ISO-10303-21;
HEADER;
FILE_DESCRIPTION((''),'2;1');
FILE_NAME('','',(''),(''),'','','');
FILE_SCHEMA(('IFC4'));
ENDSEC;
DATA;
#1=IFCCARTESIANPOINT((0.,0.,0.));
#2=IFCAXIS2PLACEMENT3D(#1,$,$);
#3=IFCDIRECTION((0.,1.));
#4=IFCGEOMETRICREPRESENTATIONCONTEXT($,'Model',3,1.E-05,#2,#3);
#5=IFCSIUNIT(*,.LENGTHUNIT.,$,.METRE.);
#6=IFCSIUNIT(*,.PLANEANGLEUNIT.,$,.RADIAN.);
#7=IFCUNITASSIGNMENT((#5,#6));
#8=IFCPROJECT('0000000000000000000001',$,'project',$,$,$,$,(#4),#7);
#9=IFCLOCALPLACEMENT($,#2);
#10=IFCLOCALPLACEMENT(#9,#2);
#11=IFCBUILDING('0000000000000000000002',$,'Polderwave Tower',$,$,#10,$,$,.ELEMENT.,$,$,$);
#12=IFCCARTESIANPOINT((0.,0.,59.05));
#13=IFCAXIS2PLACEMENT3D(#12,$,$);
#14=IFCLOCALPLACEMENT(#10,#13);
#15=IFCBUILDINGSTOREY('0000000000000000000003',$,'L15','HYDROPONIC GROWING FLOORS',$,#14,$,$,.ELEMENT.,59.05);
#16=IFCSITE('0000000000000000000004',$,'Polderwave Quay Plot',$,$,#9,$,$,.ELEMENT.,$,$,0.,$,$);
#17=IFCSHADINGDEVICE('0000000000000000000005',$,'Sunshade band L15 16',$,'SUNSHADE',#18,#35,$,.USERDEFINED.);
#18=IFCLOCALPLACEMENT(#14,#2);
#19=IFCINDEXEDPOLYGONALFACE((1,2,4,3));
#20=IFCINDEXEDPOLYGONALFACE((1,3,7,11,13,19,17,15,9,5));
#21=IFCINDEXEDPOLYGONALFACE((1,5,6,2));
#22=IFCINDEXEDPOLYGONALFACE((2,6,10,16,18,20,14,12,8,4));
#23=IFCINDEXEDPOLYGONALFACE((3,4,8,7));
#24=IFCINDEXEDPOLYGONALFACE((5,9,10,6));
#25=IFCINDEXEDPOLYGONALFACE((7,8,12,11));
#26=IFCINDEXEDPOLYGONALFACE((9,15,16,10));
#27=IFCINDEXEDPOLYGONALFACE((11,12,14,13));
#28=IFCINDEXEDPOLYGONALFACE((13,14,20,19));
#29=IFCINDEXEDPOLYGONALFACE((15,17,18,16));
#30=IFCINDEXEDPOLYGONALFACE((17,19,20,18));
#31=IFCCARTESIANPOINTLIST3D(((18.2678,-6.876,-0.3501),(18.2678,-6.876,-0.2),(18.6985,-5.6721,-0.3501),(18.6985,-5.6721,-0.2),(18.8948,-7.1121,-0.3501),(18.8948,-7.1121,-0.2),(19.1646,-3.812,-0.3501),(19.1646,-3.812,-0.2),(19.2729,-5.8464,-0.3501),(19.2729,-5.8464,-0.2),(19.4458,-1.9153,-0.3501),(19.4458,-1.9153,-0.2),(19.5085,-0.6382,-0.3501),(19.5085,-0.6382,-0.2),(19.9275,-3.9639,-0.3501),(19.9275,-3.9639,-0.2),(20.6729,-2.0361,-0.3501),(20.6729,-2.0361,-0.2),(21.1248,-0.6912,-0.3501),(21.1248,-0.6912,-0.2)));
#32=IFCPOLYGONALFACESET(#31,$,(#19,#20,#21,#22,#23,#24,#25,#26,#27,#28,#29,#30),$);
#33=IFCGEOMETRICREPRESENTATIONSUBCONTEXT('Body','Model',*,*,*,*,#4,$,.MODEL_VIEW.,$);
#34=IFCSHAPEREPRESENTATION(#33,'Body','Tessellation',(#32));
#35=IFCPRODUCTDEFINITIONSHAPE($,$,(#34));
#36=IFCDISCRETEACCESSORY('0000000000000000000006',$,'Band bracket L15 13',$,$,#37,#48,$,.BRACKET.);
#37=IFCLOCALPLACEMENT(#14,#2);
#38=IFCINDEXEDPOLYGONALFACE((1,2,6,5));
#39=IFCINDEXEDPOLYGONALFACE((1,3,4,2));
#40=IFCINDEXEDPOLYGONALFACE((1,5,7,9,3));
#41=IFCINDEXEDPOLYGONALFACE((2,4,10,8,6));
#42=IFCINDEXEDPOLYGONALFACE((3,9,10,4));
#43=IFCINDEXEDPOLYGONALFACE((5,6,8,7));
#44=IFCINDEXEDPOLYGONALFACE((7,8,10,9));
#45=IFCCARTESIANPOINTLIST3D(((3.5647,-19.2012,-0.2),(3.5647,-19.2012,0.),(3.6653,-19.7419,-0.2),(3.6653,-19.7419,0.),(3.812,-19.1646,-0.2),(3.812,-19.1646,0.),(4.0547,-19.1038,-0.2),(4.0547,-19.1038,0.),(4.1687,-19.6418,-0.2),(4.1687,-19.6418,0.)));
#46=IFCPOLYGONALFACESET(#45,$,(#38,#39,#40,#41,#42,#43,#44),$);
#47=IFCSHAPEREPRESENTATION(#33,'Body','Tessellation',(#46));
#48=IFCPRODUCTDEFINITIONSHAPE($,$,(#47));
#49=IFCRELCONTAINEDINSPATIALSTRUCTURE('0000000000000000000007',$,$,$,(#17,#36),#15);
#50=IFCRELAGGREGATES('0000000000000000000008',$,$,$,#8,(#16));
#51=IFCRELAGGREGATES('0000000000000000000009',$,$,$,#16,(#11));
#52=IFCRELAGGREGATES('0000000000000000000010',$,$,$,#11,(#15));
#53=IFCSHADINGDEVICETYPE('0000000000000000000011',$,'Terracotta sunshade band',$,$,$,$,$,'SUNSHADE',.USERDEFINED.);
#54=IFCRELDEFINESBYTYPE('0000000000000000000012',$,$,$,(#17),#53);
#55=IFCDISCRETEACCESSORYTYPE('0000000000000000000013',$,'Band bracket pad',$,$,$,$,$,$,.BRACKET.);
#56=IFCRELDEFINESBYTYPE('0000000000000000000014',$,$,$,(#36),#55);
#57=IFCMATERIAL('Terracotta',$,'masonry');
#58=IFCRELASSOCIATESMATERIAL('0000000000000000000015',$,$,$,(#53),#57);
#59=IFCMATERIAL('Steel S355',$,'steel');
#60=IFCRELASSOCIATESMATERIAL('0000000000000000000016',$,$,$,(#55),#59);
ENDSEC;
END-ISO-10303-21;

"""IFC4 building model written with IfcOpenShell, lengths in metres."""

from ifc_helpers import new_model, si_unit, direction, frame, origin, place, context, subcontext, project, spatial, polyline, outline, extrude, material, type_object, element, save


model = new_model("IFC4")

# Units and contexts
model_context = context("Model", 3, precision=1e-05, world=origin(), true_north=direction((0.0, 1.0)))
body_context = subcontext(model_context, "Body", "Model", "MODEL_VIEW")
ifc_project = project(units=[si_unit("LENGTHUNIT", "METRE"), si_unit("PLANEANGLEUNIT", "RADIAN")], contexts=[model_context])

# Site, building, storey
site_placement = place(None, origin())
site = spatial("IfcSite", under=ifc_project, at=site_placement, Name="Polderwave Quay Plot", CompositionType="ELEMENT", RefElevation=0.0)
building_placement = place(site_placement, origin())
building = spatial("IfcBuilding", under=site, at=building_placement, Name="Polderwave Tower", CompositionType="ELEMENT")
storey_placement = place(building_placement, frame((0.0, 0.0, 59.05)))
storey = spatial("IfcBuildingStorey", under=building, at=storey_placement, Name="L15", Description="HYDROPONIC GROWING FLOORS", CompositionType="ELEMENT", Elevation=59.05)

# Shading device
ifc_material_1 = material(Name="Terracotta", Category="masonry")
shading_device_type = type_object("IfcShadingDeviceType", Name="Terracotta sunshade band", ElementType="SUNSHADE", PredefinedType="USERDEFINED", material=ifc_material_1)
shading_device_1_placement = place(storey_placement, frame((0.0, 0.0, -0.3501)))
element("IfcShadingDevice", 1, at=shading_device_1_placement, inside=storey, type_object=shading_device_type, Name="Sunshade band L15 16", ObjectType="SUNSHADE", PredefinedType="USERDEFINED", context=body_context, shape_type="SweptSolid", body=[
    extrude(outline(polyline([(18.2678, -6.876), (18.6985, -5.6721), (19.1646, -3.812), (19.4458, -1.9153), (19.5085, -0.6382), (21.1248, -0.6912), (20.6729, -2.0361), (19.9275, -3.9639), (19.2729, -5.8464), (18.8948, -7.1121), (18.2678, -6.876)])), origin(), (0.0, 0.0, 1.0), 0.1501),
])

# Discrete accessory
ifc_material_2 = material(Name="Steel S355", Category="steel")
discrete_accessory_type = type_object("IfcDiscreteAccessoryType", Name="Band bracket pad", PredefinedType="BRACKET", material=ifc_material_2)
discrete_accessory_placement = place(storey_placement, frame((0.0, 0.0, -0.2)))
element("IfcDiscreteAccessory", 2, at=discrete_accessory_placement, inside=storey, type_object=discrete_accessory_type, Name="Band bracket L15 13", PredefinedType="BRACKET", context=body_context, shape_type="SweptSolid", body=[
    extrude(outline(polyline([(3.5647, -19.2012), (3.812, -19.1646), (4.0547, -19.1038), (4.1687, -19.6418), (3.6653, -19.7419), (3.5647, -19.2012)])), origin(), (0.0, 0.0, 1.0), 0.2),
])

save(model, "model.ifc")
